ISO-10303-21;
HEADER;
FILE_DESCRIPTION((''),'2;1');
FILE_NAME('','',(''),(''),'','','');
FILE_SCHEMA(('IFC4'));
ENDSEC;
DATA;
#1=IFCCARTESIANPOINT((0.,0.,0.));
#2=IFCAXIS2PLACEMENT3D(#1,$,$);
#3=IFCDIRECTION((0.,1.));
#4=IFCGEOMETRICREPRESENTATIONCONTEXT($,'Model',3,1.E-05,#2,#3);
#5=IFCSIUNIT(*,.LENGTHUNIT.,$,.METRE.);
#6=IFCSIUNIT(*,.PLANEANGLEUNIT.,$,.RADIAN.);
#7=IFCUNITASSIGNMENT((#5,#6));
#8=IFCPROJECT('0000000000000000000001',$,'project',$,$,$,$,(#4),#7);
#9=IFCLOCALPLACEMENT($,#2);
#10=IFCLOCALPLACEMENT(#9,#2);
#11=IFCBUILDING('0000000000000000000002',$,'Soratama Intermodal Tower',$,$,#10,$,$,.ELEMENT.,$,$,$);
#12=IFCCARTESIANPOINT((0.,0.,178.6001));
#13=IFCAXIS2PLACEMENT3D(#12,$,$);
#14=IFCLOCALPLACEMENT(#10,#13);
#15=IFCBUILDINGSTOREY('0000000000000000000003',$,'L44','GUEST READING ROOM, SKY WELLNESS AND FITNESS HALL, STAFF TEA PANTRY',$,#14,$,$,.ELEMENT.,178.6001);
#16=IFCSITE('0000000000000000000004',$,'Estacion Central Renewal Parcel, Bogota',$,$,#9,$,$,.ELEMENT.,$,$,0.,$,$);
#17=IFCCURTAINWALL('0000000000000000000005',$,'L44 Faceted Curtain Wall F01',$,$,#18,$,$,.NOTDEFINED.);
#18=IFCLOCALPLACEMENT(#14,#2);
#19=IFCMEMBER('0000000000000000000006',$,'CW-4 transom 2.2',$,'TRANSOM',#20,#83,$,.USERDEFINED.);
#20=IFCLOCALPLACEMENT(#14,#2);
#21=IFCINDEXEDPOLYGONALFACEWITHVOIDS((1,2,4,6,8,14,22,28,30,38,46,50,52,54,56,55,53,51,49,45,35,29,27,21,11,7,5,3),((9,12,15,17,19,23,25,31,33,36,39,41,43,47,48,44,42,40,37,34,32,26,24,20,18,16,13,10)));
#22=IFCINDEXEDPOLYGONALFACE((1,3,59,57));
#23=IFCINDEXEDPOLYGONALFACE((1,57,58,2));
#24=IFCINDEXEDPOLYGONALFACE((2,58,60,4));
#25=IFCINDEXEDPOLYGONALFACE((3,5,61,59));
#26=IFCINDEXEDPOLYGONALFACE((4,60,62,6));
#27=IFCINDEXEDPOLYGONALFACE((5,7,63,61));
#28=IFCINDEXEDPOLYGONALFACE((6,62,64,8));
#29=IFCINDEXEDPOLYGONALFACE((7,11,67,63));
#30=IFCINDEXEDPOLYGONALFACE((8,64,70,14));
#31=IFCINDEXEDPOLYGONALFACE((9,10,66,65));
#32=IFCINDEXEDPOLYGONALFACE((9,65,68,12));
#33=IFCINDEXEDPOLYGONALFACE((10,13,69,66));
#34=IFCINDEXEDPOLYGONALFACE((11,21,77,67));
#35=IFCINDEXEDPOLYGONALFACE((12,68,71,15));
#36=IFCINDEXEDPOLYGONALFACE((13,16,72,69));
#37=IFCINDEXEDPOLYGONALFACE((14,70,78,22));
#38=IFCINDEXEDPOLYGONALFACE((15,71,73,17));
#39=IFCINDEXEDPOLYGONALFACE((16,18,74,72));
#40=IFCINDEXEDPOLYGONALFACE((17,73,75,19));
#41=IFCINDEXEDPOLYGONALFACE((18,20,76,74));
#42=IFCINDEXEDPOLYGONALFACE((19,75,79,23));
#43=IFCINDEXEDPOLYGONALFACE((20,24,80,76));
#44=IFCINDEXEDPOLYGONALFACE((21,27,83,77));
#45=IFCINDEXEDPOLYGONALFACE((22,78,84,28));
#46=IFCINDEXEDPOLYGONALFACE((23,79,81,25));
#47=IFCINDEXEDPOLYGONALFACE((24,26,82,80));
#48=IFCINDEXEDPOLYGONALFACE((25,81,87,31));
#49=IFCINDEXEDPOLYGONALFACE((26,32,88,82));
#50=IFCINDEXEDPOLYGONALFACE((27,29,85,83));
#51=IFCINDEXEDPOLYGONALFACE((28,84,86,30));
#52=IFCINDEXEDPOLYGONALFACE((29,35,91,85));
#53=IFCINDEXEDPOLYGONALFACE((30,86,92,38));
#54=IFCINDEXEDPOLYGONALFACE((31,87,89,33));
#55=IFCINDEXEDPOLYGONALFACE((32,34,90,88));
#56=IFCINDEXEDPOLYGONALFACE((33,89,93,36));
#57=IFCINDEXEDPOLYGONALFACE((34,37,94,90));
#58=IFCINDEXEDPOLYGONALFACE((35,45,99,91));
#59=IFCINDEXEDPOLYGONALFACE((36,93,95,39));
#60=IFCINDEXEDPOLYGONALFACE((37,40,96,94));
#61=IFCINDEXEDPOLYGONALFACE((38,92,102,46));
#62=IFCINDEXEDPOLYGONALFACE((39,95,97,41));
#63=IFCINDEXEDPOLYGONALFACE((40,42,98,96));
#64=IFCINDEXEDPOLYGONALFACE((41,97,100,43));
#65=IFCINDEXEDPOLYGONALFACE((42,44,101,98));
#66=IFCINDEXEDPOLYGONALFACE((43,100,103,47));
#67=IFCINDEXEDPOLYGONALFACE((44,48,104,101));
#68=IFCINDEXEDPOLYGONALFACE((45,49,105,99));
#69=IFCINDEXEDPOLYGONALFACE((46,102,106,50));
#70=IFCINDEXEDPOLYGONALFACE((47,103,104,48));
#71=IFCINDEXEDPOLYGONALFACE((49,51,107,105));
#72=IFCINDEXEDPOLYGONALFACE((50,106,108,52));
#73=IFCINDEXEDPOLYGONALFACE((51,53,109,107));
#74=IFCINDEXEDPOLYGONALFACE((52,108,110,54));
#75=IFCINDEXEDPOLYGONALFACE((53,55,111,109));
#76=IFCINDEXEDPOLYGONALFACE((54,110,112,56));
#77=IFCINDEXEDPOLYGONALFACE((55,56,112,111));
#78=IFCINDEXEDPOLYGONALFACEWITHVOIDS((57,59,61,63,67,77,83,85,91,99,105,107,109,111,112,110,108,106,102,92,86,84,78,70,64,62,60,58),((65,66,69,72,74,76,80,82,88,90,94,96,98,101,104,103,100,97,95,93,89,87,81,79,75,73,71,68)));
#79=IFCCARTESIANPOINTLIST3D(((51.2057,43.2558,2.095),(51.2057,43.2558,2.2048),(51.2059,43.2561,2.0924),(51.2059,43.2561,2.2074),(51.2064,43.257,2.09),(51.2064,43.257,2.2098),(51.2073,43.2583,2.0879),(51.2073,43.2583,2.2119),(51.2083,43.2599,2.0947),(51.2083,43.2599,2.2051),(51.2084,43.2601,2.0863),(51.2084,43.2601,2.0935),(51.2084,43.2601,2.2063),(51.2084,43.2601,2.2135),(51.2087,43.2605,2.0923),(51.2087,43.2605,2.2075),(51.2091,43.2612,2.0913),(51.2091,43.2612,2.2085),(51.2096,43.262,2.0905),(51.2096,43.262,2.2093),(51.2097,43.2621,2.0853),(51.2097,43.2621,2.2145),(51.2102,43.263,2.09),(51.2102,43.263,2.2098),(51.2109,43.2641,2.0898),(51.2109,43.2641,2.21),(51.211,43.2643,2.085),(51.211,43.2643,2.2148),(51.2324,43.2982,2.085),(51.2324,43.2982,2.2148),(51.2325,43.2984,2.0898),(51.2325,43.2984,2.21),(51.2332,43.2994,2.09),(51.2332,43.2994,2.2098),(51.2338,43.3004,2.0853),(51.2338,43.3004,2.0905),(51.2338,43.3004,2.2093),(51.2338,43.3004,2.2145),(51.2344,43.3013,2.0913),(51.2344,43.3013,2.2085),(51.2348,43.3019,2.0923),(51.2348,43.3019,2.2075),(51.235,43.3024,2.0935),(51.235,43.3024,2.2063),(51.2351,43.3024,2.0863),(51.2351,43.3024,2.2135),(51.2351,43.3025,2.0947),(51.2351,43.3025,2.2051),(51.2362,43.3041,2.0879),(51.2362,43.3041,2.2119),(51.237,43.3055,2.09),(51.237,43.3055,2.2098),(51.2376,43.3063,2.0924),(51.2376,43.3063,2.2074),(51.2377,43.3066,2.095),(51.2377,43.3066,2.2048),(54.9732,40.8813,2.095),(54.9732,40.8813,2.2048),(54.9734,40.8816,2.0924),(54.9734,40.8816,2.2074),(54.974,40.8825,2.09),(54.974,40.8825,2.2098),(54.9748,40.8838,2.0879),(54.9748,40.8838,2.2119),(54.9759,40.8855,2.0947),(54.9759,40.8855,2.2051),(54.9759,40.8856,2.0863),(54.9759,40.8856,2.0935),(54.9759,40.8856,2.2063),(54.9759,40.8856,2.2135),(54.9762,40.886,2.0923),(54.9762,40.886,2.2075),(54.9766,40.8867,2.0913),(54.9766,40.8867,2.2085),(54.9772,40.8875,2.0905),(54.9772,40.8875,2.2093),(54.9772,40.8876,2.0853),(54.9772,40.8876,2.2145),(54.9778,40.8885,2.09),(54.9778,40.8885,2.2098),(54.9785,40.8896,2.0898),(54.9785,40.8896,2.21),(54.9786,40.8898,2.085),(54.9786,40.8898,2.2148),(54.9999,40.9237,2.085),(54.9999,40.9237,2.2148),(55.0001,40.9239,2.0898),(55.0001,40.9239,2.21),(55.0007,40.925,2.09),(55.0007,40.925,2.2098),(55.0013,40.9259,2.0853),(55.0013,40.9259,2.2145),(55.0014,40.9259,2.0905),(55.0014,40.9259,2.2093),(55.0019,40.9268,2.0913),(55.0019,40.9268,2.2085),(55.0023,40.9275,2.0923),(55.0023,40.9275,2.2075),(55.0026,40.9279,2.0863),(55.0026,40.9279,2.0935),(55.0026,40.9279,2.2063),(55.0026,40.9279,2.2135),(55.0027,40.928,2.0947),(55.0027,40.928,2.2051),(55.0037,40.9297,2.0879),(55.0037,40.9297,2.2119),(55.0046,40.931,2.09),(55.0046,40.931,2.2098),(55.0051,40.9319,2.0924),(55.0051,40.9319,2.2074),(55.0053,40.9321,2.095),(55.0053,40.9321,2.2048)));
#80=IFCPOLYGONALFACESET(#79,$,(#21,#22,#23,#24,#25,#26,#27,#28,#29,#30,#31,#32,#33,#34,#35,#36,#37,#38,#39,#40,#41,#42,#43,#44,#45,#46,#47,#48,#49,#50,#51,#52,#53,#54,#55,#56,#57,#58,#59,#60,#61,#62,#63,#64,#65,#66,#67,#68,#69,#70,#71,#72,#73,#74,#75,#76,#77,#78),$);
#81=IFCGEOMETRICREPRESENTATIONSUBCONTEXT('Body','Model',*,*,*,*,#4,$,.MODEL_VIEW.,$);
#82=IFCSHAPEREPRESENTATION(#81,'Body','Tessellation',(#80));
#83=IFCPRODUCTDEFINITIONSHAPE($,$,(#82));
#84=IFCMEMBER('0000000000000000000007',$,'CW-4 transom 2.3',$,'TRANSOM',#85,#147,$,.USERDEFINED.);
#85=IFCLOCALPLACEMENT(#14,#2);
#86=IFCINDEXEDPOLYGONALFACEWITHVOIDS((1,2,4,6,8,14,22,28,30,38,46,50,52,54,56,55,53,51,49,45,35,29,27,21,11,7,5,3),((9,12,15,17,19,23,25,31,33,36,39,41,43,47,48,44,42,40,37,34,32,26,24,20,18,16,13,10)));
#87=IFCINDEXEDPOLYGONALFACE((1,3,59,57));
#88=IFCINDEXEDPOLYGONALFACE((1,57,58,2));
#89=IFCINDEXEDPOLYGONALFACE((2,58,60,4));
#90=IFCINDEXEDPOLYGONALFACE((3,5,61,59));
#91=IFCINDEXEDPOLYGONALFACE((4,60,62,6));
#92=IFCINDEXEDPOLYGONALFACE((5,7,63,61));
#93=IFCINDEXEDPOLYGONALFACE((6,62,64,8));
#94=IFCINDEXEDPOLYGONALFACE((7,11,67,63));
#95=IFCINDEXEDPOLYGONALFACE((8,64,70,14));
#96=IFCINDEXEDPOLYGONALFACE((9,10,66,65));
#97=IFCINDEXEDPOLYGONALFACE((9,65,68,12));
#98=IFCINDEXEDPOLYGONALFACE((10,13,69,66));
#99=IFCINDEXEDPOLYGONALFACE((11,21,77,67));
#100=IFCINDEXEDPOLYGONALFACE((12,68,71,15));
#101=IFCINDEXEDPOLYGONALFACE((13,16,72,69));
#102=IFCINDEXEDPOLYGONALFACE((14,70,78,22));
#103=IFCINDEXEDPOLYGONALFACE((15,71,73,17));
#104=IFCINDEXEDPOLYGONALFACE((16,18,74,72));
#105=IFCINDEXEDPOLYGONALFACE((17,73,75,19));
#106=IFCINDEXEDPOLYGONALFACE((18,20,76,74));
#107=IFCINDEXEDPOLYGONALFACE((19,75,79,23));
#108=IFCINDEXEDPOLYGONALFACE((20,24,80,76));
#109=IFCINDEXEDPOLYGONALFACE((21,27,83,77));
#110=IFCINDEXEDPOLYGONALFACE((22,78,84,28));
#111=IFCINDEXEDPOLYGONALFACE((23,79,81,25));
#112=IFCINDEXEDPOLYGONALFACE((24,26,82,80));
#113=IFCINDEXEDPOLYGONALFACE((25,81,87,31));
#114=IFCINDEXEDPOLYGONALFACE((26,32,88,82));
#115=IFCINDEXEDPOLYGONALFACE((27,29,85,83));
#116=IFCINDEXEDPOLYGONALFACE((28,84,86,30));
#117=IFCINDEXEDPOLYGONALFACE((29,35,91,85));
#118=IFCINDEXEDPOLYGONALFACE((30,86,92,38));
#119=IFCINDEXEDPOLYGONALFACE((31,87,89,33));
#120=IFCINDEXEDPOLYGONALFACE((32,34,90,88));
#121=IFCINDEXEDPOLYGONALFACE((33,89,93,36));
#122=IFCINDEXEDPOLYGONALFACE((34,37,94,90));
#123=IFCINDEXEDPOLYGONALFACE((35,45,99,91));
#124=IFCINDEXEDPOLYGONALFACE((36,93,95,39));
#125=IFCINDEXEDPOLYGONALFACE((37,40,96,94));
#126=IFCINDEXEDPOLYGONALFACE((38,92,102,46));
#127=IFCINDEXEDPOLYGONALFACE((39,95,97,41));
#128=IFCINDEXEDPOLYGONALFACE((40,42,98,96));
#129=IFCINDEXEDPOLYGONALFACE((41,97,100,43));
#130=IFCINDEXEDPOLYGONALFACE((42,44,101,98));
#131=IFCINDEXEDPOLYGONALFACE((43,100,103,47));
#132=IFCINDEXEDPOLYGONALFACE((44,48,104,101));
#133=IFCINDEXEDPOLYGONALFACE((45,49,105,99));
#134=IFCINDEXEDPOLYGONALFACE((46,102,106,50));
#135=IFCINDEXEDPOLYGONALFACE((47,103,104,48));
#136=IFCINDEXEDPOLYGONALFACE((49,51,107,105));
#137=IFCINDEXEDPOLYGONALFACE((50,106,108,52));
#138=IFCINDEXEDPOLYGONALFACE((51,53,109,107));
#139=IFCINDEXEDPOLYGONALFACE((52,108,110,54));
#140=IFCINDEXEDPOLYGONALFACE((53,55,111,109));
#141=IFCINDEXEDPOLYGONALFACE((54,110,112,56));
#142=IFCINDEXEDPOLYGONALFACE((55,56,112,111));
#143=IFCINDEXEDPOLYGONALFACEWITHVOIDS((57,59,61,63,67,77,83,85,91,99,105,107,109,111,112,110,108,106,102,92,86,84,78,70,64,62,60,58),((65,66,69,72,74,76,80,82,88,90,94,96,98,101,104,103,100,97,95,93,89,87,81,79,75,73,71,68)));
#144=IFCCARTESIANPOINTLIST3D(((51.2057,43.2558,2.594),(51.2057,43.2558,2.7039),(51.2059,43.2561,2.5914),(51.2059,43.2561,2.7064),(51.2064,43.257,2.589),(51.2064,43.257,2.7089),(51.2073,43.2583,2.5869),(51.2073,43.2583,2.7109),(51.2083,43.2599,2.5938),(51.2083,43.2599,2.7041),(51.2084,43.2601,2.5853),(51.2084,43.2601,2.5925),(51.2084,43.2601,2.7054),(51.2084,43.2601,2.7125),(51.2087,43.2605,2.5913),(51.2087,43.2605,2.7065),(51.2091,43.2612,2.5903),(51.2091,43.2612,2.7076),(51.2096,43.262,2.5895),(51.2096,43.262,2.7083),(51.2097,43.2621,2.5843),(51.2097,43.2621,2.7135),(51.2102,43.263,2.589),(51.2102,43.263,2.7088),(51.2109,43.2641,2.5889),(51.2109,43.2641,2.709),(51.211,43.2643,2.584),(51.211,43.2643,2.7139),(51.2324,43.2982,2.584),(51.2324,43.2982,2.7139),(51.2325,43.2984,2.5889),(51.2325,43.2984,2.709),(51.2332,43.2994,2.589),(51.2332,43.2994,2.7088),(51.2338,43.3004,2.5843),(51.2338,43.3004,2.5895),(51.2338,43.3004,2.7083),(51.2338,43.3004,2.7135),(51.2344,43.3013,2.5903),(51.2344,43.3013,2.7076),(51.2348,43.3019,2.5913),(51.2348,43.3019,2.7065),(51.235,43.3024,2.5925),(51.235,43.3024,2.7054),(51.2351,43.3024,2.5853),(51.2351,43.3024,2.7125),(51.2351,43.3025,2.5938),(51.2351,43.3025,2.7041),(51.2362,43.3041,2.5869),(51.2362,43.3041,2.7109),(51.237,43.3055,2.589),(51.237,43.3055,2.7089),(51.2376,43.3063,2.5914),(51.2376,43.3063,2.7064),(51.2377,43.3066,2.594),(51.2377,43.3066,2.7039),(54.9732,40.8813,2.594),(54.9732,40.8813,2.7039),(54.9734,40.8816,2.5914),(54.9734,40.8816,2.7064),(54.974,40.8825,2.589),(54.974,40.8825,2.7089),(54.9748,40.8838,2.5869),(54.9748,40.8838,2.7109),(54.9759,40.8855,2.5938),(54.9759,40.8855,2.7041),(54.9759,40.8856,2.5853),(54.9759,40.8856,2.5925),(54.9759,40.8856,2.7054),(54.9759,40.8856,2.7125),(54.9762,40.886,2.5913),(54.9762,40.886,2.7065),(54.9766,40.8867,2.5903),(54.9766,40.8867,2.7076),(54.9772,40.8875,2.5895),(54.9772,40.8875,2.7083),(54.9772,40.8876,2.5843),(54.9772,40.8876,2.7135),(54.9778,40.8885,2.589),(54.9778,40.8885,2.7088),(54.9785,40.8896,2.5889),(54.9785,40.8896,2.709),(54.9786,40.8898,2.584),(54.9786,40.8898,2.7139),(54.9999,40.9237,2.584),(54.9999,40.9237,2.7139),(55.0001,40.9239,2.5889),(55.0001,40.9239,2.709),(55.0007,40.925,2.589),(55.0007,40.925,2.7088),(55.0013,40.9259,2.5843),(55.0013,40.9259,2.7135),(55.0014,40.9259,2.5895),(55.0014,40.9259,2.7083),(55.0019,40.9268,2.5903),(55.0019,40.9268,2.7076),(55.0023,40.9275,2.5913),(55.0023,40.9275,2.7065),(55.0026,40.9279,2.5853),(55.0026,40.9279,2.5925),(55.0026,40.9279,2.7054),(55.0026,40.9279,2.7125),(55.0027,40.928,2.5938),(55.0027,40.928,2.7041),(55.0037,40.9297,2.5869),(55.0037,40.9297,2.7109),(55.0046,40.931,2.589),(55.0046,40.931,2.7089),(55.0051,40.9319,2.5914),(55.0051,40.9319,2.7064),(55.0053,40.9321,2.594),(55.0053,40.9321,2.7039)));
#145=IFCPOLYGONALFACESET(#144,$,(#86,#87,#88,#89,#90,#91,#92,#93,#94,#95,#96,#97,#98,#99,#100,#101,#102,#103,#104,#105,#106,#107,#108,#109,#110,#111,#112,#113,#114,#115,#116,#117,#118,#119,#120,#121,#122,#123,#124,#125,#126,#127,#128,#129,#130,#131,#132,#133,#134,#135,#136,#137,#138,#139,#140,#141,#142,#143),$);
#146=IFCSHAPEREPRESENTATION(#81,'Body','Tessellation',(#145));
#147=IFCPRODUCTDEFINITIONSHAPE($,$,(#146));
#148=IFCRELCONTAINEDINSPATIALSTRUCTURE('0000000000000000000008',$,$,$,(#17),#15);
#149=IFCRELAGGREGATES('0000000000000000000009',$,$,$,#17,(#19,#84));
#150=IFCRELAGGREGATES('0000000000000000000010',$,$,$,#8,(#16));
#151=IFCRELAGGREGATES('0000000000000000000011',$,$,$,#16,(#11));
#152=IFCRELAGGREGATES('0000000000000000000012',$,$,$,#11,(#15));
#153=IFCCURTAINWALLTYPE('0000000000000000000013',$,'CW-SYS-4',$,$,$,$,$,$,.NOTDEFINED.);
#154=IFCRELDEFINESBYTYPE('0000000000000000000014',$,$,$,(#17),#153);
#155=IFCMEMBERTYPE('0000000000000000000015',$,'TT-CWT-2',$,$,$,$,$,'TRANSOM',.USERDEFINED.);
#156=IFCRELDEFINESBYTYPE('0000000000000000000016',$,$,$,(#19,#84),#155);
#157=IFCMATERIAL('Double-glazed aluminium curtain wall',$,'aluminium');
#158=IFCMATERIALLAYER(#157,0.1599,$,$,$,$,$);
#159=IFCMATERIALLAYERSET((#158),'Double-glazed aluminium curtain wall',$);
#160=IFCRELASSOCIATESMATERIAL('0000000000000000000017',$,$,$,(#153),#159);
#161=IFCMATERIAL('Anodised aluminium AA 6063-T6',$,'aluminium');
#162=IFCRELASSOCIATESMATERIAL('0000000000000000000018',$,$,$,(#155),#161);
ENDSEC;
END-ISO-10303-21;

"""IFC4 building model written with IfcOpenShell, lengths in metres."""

from ifc_helpers import new_model, si_unit, direction, frame, origin, origin_2d, place, context, subcontext, project, spatial, hollow_rectangle, extrude, material, layer, layer_set, material_profile, profile_set, type_object, element, aggregate, save


model = new_model("IFC4")

# Units and contexts
model_context = context("Model", 3, precision=1e-05, world=origin(), true_north=direction((0.0, 1.0)))
body_context = subcontext(model_context, "Body", "Model", "MODEL_VIEW")
ifc_project = project(units=[si_unit("LENGTHUNIT", "METRE"), si_unit("PLANEANGLEUNIT", "RADIAN")], contexts=[model_context])

# Site, building, storey
site_placement = place(None, origin())
site = spatial("IfcSite", under=ifc_project, at=site_placement, Name="Estacion Central Renewal Parcel, Bogota", CompositionType="ELEMENT", RefElevation=0.0)
building_placement = place(site_placement, origin())
building = spatial("IfcBuilding", under=site, at=building_placement, Name="Soratama Intermodal Tower", CompositionType="ELEMENT")
storey_placement = place(building_placement, frame((0.0, 0.0, 178.6001)))
storey = spatial("IfcBuildingStorey", under=building, at=storey_placement, Name="L44", Description="GUEST READING ROOM, SKY WELLNESS AND FITNESS HALL, STAFF TEA PANTRY", CompositionType="ELEMENT", Elevation=178.6001)

# Curtain wall
ifc_material_1 = material(Name="Double-glazed aluminium curtain wall", Category="aluminium")
ifc_layer_1 = layer(ifc_material_1, 0.1599)
ifc_layer_set_1 = layer_set([ifc_layer_1], Name="Double-glazed aluminium curtain wall")
curtain_wall_type = type_object("IfcCurtainWallType", Name="CW-SYS-4", PredefinedType="NOTDEFINED", material=ifc_layer_set_1)
curtain_wall_1_placement = place(storey_placement, origin())
curtain_wall_1 = element("IfcCurtainWall", 1, at=curtain_wall_1_placement, inside=storey, type_object=curtain_wall_type, Name="L44 Faceted Curtain Wall F01", PredefinedType="NOTDEFINED")

# Members
ifc_material_2 = material(Name="Anodised aluminium AA 6063-T6", Category="aluminium")
ifc_material_profile_1 = material_profile(ifc_material_2, hollow_rectangle(XDim=0.0601, YDim=0.1299, WallThickness=0.0049, InnerFilletRadius=0.0049, OuterFilletRadius=0.01, at=origin_2d()), Name="CWT130X60X5")
ifc_profile_set_1 = profile_set([ifc_material_profile_1], Name="Anodised aluminium AA 6063-T6")
member_type_1 = type_object("IfcMemberType", Name="TT-CWT-2", ElementType="TRANSOM", PredefinedType="USERDEFINED", material=ifc_profile_set_1)
member_1_placement = place(storey_placement, frame((54.9893, 40.9067, 2.1499), z_axis=(-0.845997, 0.533188, 0.0), x_axis=(-0.533188, -0.845997, 0.0)))
member_1 = element("IfcMember", 2, at=member_1_placement, type_object=member_type_1, Name="CW-4 transom 2.2", ObjectType="TRANSOM", PredefinedType="USERDEFINED", context=body_context, shape_type="SweptSolid", body=[
    extrude(hollow_rectangle(XDim=0.0601, YDim=0.1299, WallThickness=0.0049, InnerFilletRadius=0.0049, OuterFilletRadius=0.01, at=origin_2d()), origin(), (0.0, 0.0, 1.0), 4.4534),
])
member_2_placement = place(storey_placement, frame((54.9893, 40.9067, 2.6489), z_axis=(-0.845997, 0.533188, 0.0), x_axis=(-0.533188, -0.845997, 0.0)))
member_2 = element("IfcMember", 3, at=member_2_placement, type_object=member_type_1, Name="CW-4 transom 2.3", ObjectType="TRANSOM", PredefinedType="USERDEFINED", context=body_context, shape_type="SweptSolid", body=[
    extrude(hollow_rectangle(XDim=0.0601, YDim=0.1299, WallThickness=0.0049, InnerFilletRadius=0.0049, OuterFilletRadius=0.01, at=origin_2d()), origin(), (0.0, 0.0, 1.0), 4.4534),
])

aggregate(curtain_wall_1, [member_1, member_2])

save(model, "model.ifc")
